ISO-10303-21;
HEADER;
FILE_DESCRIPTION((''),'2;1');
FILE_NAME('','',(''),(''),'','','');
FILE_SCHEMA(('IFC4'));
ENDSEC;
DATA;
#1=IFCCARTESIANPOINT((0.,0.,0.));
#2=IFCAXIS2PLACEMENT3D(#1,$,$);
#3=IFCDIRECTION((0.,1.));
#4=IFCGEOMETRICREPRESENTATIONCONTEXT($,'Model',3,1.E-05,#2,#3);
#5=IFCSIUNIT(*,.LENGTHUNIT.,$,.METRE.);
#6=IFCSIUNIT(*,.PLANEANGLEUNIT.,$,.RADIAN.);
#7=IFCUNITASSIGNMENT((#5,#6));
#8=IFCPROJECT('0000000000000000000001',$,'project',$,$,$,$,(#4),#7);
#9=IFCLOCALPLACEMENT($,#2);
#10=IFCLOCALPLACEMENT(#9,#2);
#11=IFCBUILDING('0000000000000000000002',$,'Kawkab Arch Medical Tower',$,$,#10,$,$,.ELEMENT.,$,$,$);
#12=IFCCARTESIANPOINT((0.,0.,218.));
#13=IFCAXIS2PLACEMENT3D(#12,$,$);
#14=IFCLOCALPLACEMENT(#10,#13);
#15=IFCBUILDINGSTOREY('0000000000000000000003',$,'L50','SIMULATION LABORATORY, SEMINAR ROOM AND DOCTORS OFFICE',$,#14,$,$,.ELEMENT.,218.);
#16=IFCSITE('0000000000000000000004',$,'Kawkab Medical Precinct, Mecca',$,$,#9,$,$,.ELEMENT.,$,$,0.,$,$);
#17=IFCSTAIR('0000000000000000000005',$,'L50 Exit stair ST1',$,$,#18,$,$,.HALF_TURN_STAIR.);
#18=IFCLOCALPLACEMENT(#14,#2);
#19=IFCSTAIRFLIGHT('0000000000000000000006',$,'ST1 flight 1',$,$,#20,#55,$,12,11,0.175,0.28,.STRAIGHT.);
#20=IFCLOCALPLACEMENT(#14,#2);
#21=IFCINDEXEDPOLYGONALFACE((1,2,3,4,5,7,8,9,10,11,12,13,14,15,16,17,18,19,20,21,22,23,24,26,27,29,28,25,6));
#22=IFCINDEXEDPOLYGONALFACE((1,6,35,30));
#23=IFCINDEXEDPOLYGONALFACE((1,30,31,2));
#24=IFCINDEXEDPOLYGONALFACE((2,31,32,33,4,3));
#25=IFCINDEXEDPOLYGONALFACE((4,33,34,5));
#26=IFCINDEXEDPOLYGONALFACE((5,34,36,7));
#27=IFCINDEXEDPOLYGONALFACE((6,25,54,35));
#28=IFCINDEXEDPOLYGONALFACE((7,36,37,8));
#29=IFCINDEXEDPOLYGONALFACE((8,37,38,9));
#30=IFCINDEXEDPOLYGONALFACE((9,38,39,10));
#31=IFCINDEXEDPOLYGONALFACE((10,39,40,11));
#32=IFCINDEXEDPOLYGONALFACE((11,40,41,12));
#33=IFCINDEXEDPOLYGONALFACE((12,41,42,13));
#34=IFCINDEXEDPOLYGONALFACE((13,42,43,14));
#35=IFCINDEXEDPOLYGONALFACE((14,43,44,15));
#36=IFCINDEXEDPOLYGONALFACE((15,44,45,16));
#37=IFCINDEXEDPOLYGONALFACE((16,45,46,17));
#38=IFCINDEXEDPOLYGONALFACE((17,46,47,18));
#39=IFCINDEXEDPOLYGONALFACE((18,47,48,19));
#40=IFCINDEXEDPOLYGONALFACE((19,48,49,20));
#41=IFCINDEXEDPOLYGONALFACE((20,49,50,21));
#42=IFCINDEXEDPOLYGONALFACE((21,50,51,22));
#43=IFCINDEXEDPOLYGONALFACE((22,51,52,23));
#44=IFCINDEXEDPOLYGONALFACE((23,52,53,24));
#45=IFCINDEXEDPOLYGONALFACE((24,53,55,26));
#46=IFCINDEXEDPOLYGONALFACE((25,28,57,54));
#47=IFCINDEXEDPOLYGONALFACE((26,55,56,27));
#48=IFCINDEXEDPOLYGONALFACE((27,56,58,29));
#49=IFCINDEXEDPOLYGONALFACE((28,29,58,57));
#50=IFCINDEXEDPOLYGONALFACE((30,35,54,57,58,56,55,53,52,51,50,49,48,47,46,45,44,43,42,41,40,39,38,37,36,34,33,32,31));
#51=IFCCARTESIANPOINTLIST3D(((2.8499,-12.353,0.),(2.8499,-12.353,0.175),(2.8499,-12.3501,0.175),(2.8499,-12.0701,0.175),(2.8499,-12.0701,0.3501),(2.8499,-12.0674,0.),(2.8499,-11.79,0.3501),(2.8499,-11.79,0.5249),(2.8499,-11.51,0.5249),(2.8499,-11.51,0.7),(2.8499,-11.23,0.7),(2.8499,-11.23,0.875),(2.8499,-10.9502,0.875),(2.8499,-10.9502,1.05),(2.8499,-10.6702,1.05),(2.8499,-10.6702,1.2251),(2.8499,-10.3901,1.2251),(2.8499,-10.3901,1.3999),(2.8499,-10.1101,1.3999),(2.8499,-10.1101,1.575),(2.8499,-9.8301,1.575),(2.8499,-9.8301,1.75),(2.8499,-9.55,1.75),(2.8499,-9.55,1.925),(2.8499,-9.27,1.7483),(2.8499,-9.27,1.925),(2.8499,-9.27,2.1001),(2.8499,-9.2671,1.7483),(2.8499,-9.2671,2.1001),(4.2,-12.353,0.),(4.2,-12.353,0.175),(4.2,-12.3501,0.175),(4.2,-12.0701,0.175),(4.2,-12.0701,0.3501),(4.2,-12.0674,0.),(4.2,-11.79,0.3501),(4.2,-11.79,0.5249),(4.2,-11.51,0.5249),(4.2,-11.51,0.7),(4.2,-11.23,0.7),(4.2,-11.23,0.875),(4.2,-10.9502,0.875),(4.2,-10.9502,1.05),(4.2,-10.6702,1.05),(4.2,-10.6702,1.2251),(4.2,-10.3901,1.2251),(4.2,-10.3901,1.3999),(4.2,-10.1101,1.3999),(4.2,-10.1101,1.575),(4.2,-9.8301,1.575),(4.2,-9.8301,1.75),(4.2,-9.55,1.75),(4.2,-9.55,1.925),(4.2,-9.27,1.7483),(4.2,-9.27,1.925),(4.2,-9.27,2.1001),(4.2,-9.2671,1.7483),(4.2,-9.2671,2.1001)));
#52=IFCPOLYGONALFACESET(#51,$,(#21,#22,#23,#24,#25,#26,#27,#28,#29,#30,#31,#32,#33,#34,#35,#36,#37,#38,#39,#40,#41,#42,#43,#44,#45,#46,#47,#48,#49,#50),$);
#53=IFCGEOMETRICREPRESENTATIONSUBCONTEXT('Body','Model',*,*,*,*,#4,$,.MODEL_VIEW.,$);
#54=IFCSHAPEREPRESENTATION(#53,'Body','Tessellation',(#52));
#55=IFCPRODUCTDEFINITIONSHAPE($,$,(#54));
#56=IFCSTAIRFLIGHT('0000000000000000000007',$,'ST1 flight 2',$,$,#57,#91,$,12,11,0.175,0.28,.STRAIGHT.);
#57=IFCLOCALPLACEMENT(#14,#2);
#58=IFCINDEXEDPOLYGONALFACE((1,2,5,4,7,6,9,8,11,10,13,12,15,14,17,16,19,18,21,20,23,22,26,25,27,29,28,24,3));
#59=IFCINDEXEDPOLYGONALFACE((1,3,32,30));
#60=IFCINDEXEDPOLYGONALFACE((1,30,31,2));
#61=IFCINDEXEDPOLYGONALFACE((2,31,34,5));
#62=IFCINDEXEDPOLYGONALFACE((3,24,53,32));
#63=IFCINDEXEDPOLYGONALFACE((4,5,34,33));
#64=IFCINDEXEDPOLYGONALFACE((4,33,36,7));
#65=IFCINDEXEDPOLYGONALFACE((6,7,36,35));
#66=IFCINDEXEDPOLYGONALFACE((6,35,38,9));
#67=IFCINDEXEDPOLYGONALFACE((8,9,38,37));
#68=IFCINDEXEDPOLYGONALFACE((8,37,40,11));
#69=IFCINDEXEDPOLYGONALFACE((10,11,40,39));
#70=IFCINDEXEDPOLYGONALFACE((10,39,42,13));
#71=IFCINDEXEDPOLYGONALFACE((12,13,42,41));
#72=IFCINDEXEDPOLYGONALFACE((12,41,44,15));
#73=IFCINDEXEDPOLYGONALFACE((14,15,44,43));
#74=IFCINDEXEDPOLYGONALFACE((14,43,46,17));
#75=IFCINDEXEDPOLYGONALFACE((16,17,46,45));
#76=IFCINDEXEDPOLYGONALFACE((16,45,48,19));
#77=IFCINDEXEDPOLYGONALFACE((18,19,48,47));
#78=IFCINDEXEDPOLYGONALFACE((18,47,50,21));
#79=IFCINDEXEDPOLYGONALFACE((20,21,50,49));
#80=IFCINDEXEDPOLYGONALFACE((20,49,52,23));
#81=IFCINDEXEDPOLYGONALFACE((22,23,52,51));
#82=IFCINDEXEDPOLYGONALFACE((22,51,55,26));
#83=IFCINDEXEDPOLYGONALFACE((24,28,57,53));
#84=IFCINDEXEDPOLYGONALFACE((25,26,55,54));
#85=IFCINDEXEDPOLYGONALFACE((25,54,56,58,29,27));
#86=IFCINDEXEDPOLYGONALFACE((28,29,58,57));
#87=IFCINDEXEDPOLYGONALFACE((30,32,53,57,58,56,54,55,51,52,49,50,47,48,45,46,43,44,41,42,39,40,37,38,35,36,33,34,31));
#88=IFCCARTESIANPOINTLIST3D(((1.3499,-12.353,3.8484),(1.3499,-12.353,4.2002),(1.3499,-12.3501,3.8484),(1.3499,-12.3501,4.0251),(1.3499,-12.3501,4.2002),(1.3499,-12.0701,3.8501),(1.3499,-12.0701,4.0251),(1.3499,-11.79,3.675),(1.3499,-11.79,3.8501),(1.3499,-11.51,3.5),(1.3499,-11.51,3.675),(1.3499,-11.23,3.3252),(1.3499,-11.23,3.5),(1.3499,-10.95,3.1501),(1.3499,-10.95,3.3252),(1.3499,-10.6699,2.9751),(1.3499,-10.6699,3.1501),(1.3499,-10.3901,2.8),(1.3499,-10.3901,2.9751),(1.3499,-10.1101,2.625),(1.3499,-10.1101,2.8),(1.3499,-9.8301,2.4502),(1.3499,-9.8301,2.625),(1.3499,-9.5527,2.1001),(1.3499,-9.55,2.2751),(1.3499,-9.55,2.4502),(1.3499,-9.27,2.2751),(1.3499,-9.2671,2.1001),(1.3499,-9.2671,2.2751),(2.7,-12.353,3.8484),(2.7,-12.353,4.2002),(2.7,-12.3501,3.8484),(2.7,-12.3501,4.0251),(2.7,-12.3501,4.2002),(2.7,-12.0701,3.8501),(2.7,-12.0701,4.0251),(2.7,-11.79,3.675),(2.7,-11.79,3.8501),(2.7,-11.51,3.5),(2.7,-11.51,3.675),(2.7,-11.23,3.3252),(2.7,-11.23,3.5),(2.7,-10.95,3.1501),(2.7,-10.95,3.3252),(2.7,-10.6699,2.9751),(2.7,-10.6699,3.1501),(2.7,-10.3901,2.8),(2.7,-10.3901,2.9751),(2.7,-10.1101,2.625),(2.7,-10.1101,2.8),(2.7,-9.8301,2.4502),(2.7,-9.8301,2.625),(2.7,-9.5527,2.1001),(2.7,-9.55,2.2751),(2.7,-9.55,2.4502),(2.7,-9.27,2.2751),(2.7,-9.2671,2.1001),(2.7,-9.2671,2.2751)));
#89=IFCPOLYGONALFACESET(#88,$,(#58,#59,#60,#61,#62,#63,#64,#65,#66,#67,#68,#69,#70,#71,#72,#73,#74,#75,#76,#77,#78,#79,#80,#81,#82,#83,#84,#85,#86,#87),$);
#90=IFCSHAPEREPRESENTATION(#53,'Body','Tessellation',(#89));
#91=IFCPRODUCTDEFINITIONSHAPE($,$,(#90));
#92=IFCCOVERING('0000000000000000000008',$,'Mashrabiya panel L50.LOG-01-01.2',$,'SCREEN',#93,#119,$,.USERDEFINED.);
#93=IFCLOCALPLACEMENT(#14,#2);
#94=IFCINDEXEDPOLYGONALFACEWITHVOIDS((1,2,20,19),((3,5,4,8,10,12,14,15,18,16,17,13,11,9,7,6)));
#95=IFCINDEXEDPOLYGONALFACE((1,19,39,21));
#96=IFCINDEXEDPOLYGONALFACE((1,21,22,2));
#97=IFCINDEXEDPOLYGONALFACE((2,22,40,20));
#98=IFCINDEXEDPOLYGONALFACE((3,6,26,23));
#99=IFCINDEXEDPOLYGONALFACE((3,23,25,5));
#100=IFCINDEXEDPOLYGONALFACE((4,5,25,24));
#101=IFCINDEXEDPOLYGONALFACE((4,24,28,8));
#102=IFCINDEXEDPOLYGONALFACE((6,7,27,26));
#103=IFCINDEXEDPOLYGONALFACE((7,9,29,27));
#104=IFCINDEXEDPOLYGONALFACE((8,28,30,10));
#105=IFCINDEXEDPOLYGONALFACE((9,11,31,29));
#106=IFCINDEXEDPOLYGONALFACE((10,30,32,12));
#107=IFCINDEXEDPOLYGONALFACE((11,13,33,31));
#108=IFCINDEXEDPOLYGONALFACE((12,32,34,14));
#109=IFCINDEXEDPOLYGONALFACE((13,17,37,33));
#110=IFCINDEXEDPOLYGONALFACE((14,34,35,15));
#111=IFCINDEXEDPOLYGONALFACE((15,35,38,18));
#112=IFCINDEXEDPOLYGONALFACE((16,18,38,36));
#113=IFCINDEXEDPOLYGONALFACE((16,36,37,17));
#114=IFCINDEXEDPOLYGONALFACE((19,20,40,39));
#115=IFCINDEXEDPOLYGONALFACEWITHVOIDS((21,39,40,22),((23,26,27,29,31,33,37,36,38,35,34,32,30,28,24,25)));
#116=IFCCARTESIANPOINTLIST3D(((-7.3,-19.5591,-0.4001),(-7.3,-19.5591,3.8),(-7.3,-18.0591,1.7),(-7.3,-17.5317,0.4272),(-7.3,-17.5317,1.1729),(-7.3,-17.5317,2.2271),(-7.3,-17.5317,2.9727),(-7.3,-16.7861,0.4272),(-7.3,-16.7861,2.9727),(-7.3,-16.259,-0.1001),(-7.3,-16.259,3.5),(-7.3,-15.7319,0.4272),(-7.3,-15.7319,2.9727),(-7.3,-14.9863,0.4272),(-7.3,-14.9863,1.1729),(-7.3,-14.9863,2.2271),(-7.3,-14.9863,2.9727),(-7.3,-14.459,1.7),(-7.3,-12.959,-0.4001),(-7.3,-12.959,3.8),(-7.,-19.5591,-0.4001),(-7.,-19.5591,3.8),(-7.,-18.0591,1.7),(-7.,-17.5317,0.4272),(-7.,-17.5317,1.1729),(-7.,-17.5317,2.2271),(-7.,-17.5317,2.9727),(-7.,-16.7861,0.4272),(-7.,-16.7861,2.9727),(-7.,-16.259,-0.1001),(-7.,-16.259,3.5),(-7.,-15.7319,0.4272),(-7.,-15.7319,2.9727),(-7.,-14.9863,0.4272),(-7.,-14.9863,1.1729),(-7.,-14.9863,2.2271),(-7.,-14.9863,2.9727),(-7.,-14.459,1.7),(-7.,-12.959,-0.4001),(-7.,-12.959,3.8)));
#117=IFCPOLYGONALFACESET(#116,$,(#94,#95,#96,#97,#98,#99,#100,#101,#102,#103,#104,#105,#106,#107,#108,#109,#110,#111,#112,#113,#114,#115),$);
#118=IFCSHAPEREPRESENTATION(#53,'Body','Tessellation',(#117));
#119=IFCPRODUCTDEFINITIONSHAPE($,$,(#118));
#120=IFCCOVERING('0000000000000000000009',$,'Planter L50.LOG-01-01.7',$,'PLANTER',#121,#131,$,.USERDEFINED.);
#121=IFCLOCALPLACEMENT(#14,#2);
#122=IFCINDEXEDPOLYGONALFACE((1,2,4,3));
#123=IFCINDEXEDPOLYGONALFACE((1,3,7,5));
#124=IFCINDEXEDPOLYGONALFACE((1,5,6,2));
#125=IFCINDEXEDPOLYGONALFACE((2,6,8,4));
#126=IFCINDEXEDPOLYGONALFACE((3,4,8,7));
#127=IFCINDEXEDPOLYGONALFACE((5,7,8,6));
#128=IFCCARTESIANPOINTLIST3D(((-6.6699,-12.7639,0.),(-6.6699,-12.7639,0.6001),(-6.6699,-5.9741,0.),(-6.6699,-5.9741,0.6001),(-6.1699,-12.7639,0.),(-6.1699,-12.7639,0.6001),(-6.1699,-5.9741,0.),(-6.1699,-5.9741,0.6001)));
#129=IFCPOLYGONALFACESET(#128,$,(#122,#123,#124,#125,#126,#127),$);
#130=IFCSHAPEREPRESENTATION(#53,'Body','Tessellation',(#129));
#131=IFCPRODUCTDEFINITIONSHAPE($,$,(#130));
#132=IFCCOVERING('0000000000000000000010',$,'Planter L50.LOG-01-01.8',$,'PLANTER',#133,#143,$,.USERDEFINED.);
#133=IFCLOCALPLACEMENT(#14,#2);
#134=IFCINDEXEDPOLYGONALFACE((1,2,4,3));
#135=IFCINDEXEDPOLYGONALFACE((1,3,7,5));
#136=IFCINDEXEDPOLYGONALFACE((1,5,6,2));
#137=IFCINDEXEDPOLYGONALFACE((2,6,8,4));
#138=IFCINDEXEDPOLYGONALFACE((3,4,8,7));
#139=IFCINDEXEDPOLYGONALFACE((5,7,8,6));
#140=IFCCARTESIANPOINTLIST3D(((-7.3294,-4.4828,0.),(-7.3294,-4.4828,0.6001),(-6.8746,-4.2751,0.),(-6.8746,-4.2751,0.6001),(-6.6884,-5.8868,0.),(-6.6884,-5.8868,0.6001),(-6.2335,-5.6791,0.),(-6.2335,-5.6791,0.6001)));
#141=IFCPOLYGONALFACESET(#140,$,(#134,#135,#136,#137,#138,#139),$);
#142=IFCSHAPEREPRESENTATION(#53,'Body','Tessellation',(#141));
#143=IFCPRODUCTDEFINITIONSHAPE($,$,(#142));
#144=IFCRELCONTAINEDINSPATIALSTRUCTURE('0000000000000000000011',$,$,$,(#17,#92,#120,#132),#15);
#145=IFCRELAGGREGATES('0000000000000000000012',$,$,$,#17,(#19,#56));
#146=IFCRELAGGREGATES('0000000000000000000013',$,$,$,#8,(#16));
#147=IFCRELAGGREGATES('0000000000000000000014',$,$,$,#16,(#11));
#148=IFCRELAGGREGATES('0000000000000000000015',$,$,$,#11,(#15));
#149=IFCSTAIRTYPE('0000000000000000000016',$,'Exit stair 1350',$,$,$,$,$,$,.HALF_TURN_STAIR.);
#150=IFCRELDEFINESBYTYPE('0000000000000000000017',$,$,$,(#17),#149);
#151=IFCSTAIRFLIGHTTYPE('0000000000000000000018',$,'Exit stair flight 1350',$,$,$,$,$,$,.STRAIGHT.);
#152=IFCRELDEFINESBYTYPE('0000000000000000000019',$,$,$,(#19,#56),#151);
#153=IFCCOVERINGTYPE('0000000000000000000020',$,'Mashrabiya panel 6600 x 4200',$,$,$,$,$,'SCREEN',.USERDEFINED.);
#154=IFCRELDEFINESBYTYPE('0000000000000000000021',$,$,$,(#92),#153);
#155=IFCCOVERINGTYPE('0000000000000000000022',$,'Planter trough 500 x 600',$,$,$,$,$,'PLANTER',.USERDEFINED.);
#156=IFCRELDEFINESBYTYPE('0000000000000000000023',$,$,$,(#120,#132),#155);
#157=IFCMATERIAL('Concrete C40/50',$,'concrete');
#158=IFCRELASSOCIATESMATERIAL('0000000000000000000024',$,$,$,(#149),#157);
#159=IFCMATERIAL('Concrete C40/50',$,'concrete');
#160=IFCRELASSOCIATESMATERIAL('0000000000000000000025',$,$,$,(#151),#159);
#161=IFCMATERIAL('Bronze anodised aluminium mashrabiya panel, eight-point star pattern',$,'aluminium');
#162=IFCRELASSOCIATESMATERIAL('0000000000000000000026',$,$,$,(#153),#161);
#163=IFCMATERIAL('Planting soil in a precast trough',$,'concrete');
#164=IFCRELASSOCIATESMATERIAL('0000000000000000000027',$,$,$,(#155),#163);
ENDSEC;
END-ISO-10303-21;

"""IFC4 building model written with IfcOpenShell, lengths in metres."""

from ifc_helpers import new_model, si_unit, direction, frame, origin, origin_2d, place, context, subcontext, project, spatial, polyline, rectangle, outline, extrude, material, material_profile, profile_set, type_object, element, aggregate, save


model = new_model("IFC4")

# Units and contexts
model_context = context("Model", 3, precision=1e-05, world=origin(), true_north=direction((0.0, 1.0)))
body_context = subcontext(model_context, "Body", "Model", "MODEL_VIEW")
ifc_project = project(units=[si_unit("LENGTHUNIT", "METRE"), si_unit("PLANEANGLEUNIT", "RADIAN")], contexts=[model_context])

# Site, building, storey
site_placement = place(None, origin())
site = spatial("IfcSite", under=ifc_project, at=site_placement, Name="Kawkab Medical Precinct, Mecca", CompositionType="ELEMENT", RefElevation=0.0)
building_placement = place(site_placement, origin())
building = spatial("IfcBuilding", under=site, at=building_placement, Name="Kawkab Arch Medical Tower", CompositionType="ELEMENT")
storey_placement = place(building_placement, frame((0.0, 0.0, 218.0)))
storey = spatial("IfcBuildingStorey", under=building, at=storey_placement, Name="L50", Description="SIMULATION LABORATORY, SEMINAR ROOM AND DOCTORS OFFICE", CompositionType="ELEMENT", Elevation=218.0)

# Shared definitions
placement = place(storey_placement, origin())

# Stair, stair flights
ifc_material_1 = material(Name="Concrete C40/50", Category="concrete")
stair_type = type_object("IfcStairType", Name="Exit stair 1350", PredefinedType="HALF_TURN_STAIR", material=ifc_material_1)
stair = element("IfcStair", 1, at=placement, inside=storey, type_object=stair_type, Name="L50 Exit stair ST1", PredefinedType="HALF_TURN_STAIR")
ifc_material_2 = material(Name="Concrete C40/50", Category="concrete")
stair_flight_type = type_object("IfcStairFlightType", Name="Exit stair flight 1350", PredefinedType="STRAIGHT", material=ifc_material_2)
stair_flight_1_placement = place(storey_placement, frame((3.5249, -12.3501, 0.0), z_axis=(0.0, 0.0, 1.0), x_axis=(0.0, 1.0, 0.0)))
stair_flight_1 = element("IfcStairFlight", 2, at=stair_flight_1_placement, type_object=stair_flight_type, Name="ST1 flight 1", NumberOfRisers=12, NumberOfTreads=11, PredefinedType="STRAIGHT", RiserHeight=0.175, TreadLength=0.28, context=body_context, shape_type="SweptSolid", body=[
    extrude(outline(polyline([(-0.0029, 0.0), (-0.0029, 0.175), (0.0, 0.175), (0.28, 0.175), (0.28, 0.3501), (0.5601, 0.3501), (0.5601, 0.5249), (0.8401, 0.5249), (0.8401, 0.7), (1.1201, 0.7), (1.1201, 0.875), (1.3999, 0.875), (1.3999, 1.05), (1.6799, 1.05), (1.6799, 1.2251), (1.96, 1.2251), (1.96, 1.3999), (2.24, 1.3999), (2.24, 1.575), (2.52, 1.575), (2.52, 1.75), (2.8, 1.75), (2.8, 1.925), (3.0801, 1.925), (3.0801, 2.1001), (3.083, 2.1001), (3.083, 1.7483), (3.0801, 1.7483), (0.2827, 0.0), (-0.0029, 0.0)])), frame((0.0, 0.675, 0.0), z_axis=(0.0, -1.0, 0.0), x_axis=(1.0, 0.0, 0.0)), (0.0, 0.0, 1.0), 1.3501),
])
stair_flight_2_placement = place(storey_placement, frame((2.0249, -9.27, 2.1001), z_axis=(0.0, 0.0, 1.0), x_axis=(0.0, -1.0, 0.0)))
stair_flight_2 = element("IfcStairFlight", 3, at=stair_flight_2_placement, type_object=stair_flight_type, Name="ST1 flight 2", NumberOfRisers=12, NumberOfTreads=11, PredefinedType="STRAIGHT", RiserHeight=0.175, TreadLength=0.28, context=body_context, shape_type="SweptSolid", body=[
    extrude(outline(polyline([(-0.0029, 0.0), (-0.0029, 0.175), (0.0, 0.175), (0.28, 0.175), (0.28, 0.3501), (0.5601, 0.3501), (0.5601, 0.5249), (0.8401, 0.5249), (0.8401, 0.7), (1.1201, 0.7), (1.1201, 0.875), (1.3999, 0.875), (1.3999, 1.05), (1.6799, 1.05), (1.6799, 1.2251), (1.96, 1.2251), (1.96, 1.3999), (2.24, 1.3999), (2.24, 1.575), (2.52, 1.575), (2.52, 1.75), (2.8, 1.75), (2.8, 1.925), (3.0801, 1.925), (3.0801, 2.1001), (3.083, 2.1001), (3.083, 1.7483), (3.0801, 1.7483), (0.2827, 0.0), (-0.0029, 0.0)])), frame((0.0, 0.675, 0.0), z_axis=(0.0, -1.0, 0.0), x_axis=(1.0, 0.0, 0.0)), (0.0, 0.0, 1.0), 1.3501),
])
aggregate(stair, [stair_flight_1, stair_flight_2])

# Coverings
ifc_material_3 = material(Name="Bronze anodised aluminium mashrabiya panel, eight-point star pattern", Category="aluminium")
ifc_material_profile_1 = material_profile(ifc_material_3, outline(polyline([(-3.3, -2.1001), (3.3, -2.1001), (3.3, 2.1001), (-3.3, 2.1001), (-3.3, -2.1001)]), holes=[polyline([(1.8, 0.0), (1.2727, 0.5271), (1.2727, 1.2727), (0.5271, 1.2727), (0.0, 1.8), (-0.5271, 1.2727), (-1.2727, 1.2727), (-1.2727, 0.5271), (-1.8, 0.0), (-1.2727, -0.5271), (-1.2727, -1.2727), (-0.5271, -1.2727), (0.0, -1.8), (0.5271, -1.2727), (1.2727, -1.2727), (1.2727, -0.5271), (1.8, 0.0)])]), Name="Mashrabiya panel 6600x4200")
ifc_profile_set_1 = profile_set([ifc_material_profile_1], Name="Bronze anodised aluminium mashrabiya panel, eight-point star pattern")
covering_type_1 = type_object("IfcCoveringType", Name="Mashrabiya panel 6600 x 4200", ElementType="SCREEN", PredefinedType="USERDEFINED", material=ifc_profile_set_1)
covering_1_placement = place(storey_placement, frame((-7.0, -16.259, 1.7), z_axis=(-1.0, 0.0, 0.0), x_axis=(0.0, -1.0, 0.0)))
element("IfcCovering", 4, at=covering_1_placement, inside=storey, type_object=covering_type_1, Name="Mashrabiya panel L50.LOG-01-01.2", ObjectType="SCREEN", PredefinedType="USERDEFINED", context=body_context, shape_type="SweptSolid", body=[
    extrude(outline(polyline([(-3.3, -2.1001), (3.3, -2.1001), (3.3, 2.1001), (-3.3, 2.1001), (-3.3, -2.1001)]), holes=[polyline([(1.8, 0.0), (1.2727, 0.5271), (1.2727, 1.2727), (0.5271, 1.2727), (0.0, 1.8), (-0.5271, 1.2727), (-1.2727, 1.2727), (-1.2727, 0.5271), (-1.8, 0.0), (-1.2727, -0.5271), (-1.2727, -1.2727), (-0.5271, -1.2727), (0.0, -1.8), (0.5271, -1.2727), (1.2727, -1.2727), (1.2727, -0.5271), (1.8, 0.0)])]), origin(), (0.0, 0.0, 1.0), 0.3),
])
ifc_material_4 = material(Name="Planting soil in a precast trough", Category="concrete")
ifc_material_profile_2 = material_profile(ifc_material_4, rectangle(XDim=0.5, YDim=0.6001, at=origin_2d()), Name="Trough 500x600")
ifc_profile_set_2 = profile_set([ifc_material_profile_2], Name="Planting soil in a precast trough")
covering_type_2 = type_object("IfcCoveringType", Name="Planter trough 500 x 600", ElementType="PLANTER", PredefinedType="USERDEFINED", material=ifc_profile_set_2)
covering_2_placement = place(storey_placement, frame((-6.4199, -12.7639, 0.3), z_axis=(0.0, 1.0, 0.0), x_axis=(-1.0, 0.0, 0.0)))
element("IfcCovering", 5, at=covering_2_placement, inside=storey, type_object=covering_type_2, Name="Planter L50.LOG-01-01.7", ObjectType="PLANTER", PredefinedType="USERDEFINED", context=body_context, shape_type="SweptSolid", body=[
    extrude(rectangle(XDim=0.5, YDim=0.6001, at=origin_2d()), origin(), (0.0, 0.0, 1.0), 6.7898),
])
covering_3_placement = place(storey_placement, frame((-6.4609, -5.783, 0.3), z_axis=(-0.415363, 0.909656, 0.0), x_axis=(-0.909656, -0.415363, 0.0)))
element("IfcCovering", 6, at=covering_3_placement, inside=storey, type_object=covering_type_2, Name="Planter L50.LOG-01-01.8", ObjectType="PLANTER", PredefinedType="USERDEFINED", context=body_context, shape_type="SweptSolid", body=[
    extrude(rectangle(XDim=0.5, YDim=0.6001, at=origin_2d()), origin(), (0.0, 0.0, 1.0), 1.5435),
])

save(model, "model.ifc")
